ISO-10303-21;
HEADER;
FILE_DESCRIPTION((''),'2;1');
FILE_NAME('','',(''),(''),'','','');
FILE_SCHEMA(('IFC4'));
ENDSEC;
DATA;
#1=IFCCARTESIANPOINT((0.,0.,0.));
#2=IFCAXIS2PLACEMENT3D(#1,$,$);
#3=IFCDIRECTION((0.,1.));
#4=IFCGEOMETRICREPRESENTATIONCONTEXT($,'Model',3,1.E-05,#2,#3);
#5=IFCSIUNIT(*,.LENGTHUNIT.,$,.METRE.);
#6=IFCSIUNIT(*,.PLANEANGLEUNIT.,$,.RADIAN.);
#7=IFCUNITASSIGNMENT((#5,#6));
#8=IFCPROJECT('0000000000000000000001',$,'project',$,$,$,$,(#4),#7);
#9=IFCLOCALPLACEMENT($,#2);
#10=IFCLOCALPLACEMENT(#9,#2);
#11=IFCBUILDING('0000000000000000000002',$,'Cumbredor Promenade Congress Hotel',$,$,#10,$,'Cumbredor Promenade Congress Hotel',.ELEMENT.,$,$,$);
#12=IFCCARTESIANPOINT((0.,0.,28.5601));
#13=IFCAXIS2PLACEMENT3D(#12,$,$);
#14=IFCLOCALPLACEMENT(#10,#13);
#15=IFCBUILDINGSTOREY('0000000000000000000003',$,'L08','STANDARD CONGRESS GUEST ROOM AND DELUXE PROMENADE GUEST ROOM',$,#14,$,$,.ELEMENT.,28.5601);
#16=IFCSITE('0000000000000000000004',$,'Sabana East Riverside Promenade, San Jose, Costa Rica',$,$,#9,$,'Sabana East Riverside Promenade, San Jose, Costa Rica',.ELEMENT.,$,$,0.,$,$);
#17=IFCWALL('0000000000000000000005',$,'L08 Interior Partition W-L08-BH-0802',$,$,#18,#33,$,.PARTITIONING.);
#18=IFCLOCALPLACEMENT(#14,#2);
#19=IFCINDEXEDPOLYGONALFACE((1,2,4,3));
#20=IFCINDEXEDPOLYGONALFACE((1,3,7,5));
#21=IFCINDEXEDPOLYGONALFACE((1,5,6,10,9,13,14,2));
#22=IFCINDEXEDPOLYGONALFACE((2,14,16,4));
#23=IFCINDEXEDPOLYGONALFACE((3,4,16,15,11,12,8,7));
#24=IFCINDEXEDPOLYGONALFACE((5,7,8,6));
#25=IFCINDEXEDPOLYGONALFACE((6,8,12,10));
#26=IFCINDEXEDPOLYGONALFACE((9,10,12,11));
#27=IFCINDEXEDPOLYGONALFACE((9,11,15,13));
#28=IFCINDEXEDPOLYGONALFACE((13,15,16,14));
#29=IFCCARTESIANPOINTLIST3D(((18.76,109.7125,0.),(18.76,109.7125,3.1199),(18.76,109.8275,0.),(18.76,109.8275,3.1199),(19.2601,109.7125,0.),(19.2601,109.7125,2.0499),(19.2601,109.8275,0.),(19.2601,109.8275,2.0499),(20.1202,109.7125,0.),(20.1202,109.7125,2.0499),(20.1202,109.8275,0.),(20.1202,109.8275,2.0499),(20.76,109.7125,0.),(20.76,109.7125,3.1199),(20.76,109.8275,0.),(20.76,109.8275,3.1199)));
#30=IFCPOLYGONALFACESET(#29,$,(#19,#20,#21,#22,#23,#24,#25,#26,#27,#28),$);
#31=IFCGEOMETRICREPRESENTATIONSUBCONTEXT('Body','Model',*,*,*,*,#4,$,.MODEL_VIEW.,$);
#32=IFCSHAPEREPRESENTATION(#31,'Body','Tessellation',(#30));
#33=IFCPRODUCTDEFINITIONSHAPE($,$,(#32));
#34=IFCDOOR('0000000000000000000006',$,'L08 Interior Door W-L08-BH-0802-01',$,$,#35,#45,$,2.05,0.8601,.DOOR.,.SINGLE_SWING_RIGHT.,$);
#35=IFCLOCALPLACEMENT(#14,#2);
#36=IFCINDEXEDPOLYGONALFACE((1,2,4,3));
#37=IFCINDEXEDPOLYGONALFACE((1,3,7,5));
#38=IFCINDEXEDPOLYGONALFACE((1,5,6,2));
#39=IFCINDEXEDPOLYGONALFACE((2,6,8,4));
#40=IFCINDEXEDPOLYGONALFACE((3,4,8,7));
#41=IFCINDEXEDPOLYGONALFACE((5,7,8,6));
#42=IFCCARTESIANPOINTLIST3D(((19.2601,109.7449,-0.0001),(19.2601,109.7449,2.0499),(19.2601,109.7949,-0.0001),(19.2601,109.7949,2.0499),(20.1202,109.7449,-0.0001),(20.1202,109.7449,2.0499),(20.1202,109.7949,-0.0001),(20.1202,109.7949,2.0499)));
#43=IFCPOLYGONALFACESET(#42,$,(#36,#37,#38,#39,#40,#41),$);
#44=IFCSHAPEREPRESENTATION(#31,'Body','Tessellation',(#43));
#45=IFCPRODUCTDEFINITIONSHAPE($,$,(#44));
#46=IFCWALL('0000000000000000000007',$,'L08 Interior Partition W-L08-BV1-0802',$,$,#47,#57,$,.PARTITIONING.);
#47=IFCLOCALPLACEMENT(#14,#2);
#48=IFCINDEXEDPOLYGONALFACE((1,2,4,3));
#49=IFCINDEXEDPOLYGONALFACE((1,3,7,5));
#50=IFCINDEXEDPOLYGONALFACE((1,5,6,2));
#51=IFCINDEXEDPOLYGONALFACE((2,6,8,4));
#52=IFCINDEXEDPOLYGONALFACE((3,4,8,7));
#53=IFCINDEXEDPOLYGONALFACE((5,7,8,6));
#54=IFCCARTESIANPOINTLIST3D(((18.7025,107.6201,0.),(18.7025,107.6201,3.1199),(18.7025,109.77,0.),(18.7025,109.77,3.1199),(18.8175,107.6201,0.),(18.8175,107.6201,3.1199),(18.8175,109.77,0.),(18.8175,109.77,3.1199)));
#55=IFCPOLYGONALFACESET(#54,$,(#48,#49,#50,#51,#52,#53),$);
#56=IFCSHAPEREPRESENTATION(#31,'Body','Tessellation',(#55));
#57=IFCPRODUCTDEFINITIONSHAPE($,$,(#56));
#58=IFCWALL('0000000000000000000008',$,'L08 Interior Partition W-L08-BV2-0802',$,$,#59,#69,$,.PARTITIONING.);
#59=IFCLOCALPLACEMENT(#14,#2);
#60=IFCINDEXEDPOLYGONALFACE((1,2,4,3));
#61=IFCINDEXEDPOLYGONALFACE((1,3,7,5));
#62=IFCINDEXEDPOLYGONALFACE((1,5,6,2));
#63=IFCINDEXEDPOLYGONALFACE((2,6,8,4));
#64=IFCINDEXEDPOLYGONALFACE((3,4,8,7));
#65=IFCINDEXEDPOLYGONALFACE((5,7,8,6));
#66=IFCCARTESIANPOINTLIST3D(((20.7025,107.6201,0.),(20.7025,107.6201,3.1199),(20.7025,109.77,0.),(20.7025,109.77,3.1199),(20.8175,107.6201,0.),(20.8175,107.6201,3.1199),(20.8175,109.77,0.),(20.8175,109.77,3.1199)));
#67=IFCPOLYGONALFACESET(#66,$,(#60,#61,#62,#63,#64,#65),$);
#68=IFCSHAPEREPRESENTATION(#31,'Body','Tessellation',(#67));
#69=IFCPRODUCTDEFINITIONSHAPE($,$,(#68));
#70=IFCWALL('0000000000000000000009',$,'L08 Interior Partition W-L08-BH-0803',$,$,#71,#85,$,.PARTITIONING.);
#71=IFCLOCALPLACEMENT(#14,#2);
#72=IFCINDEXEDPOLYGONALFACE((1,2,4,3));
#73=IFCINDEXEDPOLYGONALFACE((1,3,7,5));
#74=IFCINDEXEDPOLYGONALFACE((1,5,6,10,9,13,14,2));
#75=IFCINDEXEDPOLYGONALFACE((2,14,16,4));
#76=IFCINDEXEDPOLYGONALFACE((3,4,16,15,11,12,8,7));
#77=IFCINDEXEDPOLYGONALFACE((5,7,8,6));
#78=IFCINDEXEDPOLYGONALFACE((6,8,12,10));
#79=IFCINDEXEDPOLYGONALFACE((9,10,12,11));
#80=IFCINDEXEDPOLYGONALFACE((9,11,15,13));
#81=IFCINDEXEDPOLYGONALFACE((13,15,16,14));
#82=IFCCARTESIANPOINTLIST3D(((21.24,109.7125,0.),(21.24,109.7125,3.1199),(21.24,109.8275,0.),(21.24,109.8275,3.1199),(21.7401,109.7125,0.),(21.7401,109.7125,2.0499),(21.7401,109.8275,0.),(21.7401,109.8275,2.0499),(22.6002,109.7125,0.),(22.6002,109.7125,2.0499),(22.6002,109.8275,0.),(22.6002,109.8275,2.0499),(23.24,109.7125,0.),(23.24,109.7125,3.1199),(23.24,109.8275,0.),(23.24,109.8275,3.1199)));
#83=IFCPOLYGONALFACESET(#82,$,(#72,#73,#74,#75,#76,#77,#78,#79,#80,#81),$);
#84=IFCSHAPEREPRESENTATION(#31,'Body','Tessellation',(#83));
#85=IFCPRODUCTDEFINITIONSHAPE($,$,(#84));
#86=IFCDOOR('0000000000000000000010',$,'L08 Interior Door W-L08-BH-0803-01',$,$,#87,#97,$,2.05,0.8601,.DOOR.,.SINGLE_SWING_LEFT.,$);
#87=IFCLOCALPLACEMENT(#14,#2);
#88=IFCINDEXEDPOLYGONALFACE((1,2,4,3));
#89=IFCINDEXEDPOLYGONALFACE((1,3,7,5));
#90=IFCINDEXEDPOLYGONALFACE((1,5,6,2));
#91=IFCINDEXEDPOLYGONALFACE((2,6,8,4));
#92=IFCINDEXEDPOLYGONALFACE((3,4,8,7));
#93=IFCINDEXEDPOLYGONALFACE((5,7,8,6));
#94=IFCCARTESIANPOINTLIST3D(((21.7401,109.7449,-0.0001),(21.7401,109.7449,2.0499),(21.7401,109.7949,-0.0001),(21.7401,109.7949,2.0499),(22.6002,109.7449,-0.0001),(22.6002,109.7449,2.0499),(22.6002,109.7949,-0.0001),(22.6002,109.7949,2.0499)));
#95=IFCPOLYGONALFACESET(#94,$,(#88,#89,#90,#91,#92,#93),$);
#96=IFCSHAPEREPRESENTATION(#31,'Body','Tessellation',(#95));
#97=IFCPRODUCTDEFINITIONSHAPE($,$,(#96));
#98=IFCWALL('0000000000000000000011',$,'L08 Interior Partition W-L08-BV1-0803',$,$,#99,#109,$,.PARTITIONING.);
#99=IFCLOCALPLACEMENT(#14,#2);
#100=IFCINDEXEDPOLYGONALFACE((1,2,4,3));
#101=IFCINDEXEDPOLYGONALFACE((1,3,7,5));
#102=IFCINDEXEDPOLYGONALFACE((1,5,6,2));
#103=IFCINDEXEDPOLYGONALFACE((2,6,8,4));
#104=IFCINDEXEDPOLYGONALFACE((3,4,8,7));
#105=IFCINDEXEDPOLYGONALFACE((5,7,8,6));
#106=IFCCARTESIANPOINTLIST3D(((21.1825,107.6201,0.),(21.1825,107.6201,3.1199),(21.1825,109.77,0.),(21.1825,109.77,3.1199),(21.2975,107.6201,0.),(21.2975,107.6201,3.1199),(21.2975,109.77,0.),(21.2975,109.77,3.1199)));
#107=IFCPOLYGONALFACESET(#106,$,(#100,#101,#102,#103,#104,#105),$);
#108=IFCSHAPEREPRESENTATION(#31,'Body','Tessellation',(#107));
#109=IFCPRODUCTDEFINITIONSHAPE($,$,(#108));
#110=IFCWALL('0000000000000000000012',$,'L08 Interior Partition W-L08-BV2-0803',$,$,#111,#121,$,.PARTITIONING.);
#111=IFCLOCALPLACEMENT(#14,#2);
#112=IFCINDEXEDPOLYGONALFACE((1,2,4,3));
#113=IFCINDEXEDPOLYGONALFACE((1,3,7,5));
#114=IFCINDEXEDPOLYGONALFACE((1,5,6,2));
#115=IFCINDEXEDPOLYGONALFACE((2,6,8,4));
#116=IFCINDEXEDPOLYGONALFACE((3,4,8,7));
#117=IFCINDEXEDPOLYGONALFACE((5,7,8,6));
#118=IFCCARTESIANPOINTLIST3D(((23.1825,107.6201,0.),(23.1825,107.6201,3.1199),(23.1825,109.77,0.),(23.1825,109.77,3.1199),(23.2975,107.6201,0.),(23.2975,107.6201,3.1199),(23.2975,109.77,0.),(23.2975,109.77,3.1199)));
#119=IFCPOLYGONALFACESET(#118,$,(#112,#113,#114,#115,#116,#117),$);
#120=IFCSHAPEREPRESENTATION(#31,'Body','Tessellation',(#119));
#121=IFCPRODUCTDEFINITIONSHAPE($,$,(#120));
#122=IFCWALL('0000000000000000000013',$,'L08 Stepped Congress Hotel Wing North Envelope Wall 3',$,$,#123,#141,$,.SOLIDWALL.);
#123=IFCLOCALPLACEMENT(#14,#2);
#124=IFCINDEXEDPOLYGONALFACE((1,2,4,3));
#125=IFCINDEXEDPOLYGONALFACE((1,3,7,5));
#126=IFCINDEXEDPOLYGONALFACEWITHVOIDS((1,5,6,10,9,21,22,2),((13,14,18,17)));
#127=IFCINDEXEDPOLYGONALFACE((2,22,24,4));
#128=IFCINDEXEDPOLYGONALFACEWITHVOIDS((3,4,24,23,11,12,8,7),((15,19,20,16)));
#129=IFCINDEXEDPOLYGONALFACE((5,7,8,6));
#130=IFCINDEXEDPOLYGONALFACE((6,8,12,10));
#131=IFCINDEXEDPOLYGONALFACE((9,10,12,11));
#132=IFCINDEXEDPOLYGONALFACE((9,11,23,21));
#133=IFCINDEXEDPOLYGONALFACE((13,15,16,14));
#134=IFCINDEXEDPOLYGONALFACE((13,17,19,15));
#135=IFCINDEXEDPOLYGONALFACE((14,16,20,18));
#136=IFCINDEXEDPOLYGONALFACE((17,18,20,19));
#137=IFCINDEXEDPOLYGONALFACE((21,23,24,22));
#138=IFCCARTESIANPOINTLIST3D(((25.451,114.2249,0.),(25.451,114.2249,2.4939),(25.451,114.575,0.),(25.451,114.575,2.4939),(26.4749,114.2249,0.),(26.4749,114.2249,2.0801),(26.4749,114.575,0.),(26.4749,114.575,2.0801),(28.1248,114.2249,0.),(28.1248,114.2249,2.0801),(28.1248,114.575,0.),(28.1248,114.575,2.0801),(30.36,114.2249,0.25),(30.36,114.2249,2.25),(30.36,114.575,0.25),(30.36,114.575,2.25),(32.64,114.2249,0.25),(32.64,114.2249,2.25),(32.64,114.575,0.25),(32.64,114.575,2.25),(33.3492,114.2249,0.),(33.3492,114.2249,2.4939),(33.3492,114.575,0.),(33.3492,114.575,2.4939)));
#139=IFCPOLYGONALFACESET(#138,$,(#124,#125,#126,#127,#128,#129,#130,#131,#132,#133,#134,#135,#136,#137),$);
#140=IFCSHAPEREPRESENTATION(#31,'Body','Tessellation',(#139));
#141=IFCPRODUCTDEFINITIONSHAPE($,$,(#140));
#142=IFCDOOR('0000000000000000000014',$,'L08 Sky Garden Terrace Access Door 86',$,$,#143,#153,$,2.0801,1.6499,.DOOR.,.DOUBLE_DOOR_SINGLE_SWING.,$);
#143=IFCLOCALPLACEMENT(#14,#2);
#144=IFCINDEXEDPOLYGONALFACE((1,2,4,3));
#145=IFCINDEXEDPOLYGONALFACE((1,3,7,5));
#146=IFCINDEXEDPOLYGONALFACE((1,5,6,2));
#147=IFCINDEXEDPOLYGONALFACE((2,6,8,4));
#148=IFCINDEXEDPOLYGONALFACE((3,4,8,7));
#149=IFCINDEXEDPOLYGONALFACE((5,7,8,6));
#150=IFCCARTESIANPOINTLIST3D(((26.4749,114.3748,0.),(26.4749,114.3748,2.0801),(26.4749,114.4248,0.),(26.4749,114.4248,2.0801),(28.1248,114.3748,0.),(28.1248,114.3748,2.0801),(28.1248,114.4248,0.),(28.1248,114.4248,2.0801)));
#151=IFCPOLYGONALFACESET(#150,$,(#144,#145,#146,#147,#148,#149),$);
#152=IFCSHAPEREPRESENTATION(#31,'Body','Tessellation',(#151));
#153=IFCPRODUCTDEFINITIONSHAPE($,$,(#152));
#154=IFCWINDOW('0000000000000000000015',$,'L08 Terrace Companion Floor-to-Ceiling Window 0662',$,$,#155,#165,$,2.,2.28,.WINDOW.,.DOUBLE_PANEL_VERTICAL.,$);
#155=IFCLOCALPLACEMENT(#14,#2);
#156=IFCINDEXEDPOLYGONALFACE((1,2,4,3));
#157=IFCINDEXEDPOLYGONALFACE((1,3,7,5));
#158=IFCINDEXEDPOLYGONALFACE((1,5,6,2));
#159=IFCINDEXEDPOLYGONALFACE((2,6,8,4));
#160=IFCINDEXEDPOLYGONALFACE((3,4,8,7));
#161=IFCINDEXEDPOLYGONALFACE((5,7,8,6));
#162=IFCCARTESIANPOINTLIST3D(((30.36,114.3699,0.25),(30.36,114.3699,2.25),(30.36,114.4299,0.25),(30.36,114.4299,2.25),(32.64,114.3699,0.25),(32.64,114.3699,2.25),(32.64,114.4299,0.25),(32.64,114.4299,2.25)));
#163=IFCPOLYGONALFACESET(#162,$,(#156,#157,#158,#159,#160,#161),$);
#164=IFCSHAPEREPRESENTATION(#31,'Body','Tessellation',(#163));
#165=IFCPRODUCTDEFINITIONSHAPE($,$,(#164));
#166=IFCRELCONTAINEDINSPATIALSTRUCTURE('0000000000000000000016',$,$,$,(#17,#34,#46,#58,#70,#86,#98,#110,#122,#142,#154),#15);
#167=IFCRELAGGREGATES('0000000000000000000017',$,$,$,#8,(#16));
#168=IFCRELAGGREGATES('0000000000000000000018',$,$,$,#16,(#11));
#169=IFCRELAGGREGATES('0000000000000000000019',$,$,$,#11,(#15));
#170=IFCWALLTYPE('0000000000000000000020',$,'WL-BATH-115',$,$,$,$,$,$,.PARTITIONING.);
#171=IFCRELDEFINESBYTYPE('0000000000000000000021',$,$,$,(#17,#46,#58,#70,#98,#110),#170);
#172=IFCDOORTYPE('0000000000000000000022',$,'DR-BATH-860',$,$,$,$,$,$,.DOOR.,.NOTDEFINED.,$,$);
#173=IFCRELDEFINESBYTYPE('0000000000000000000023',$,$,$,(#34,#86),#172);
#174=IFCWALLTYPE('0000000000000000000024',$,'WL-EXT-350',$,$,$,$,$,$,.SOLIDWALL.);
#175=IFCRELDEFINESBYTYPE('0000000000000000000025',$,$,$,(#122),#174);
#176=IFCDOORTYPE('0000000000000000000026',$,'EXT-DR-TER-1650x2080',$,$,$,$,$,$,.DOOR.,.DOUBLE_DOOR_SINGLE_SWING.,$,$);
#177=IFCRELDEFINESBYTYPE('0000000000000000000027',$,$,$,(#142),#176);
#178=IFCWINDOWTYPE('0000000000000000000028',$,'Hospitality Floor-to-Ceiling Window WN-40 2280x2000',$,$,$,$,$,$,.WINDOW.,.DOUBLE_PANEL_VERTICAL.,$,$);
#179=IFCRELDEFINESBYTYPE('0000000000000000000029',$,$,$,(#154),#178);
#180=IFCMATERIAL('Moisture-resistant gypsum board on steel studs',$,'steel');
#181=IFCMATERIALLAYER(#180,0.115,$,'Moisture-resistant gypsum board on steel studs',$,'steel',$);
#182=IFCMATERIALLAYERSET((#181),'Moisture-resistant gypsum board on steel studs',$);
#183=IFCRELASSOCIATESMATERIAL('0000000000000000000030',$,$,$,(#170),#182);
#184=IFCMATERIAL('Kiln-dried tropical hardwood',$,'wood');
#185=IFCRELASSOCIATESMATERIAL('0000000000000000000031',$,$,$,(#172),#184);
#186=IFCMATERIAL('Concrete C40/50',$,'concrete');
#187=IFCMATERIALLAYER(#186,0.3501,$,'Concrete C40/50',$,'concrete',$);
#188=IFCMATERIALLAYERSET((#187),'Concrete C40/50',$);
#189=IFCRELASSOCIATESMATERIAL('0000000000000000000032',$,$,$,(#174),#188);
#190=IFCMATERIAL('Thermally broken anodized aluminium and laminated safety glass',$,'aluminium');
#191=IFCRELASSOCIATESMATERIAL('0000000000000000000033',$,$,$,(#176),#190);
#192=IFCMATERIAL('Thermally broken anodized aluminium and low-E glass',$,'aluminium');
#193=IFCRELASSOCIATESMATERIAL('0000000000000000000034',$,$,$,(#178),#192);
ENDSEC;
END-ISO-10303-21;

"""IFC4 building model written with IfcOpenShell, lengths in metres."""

from ifc_helpers import new_model, si_unit, direction, frame, frame_2d, origin, place, context, subcontext, project, spatial, rectangle, extrude, material, layer, layer_set, type_object, element, fill, save


model = new_model("IFC4")

# Units and contexts
model_context = context("Model", 3, precision=1e-05, world=origin(), true_north=direction((0.0, 1.0)))
body_context = subcontext(model_context, "Body", "Model", "MODEL_VIEW")
ifc_project = project(units=[si_unit("LENGTHUNIT", "METRE"), si_unit("PLANEANGLEUNIT", "RADIAN")], contexts=[model_context])

# Site, building, storey
site_placement = place(None, origin())
site = spatial("IfcSite", under=ifc_project, at=site_placement, Name="Sabana East Riverside Promenade, San Jose, Costa Rica", LongName="Sabana East Riverside Promenade, San Jose, Costa Rica", CompositionType="ELEMENT", RefElevation=0.0)
building_placement = place(site_placement, origin())
building = spatial("IfcBuilding", under=site, at=building_placement, Name="Cumbredor Promenade Congress Hotel", LongName="Cumbredor Promenade Congress Hotel", CompositionType="ELEMENT")
storey_placement = place(building_placement, frame((0.0, 0.0, 28.5601)))
storey = spatial("IfcBuildingStorey", under=building, at=storey_placement, Name="L08", Description="STANDARD CONGRESS GUEST ROOM AND DELUXE PROMENADE GUEST ROOM", CompositionType="ELEMENT", Elevation=28.5601)

# Shared definitions
ifc_material_1 = material(Name="Concrete C40/50", Category="concrete")

# Shared definitions
ifc_material_2 = material(Name="Thermally broken anodized aluminium and low-E glass", Category="aluminium")
ifc_material_3 = material(Name="Kiln-dried tropical hardwood", Category="wood")

# Wall, opening, door
ifc_material_4 = material(Name="Moisture-resistant gypsum board on steel studs", Category="steel")
ifc_layer_1 = layer(ifc_material_4, 0.115, Name="Moisture-resistant gypsum board on steel studs", Category="steel")
ifc_layer_set_1 = layer_set([ifc_layer_1], Name="Moisture-resistant gypsum board on steel studs")
wall_type_1 = type_object("IfcWallType", Name="WL-BATH-115", PredefinedType="PARTITIONING", material=ifc_layer_set_1)
wall_1_placement = place(storey_placement, frame((18.76, 109.77, 0.0), z_axis=(0.0, 0.0, 1.0), x_axis=(1.0, 0.0, 0.0)))
wall_1 = element("IfcWall", 1, at=wall_1_placement, inside=storey, type_object=wall_type_1, Name="L08 Interior Partition W-L08-BH-0802", PredefinedType="PARTITIONING", context=body_context, shape_type="SweptSolid", body=[
    extrude(rectangle(XDim=2.0, YDim=0.115, at=frame_2d((1.0, 0.0))), origin(), (0.0, 0.0, 1.0), 3.1199),
])
opening_1_placement = place(wall_1_placement, frame((0.5, 0.0, 0.0)))
opening_1 = element("IfcOpeningElement", 2, at=opening_1_placement, cuts=wall_1, PredefinedType="OPENING", context=body_context, shape_type="SweptSolid", body=[
    extrude(rectangle(XDim=0.8601, YDim=2.05, at=frame_2d((0.4302, 1.0249))), frame((0.0, 0.0674, 0.0), z_axis=(0.0, -1.0, 0.0), x_axis=(1.0, 0.0, 0.0)), (0.0, 0.0, 1.0), 0.135),
])
door_type_1 = type_object("IfcDoorType", Name="DR-BATH-860", OperationType="NOTDEFINED", PredefinedType="DOOR", material=ifc_material_3)
door_1_placement = place(opening_1_placement, origin())
door_1 = element("IfcDoor", 3, at=door_1_placement, inside=storey, type_object=door_type_1, Name="L08 Interior Door W-L08-BH-0802-01", OperationType="SINGLE_SWING_RIGHT", OverallHeight=2.05, OverallWidth=0.8601, PredefinedType="DOOR", context=body_context, shape_type="SweptSolid", body=[
    extrude(rectangle(XDim=0.8601, YDim=2.05, at=frame_2d((0.4302, 1.0249))), frame((0.0, 0.0249, 0.0), z_axis=(0.0, -1.0, 0.0), x_axis=(1.0, 0.0, 0.0)), (0.0, 0.0, 1.0), 0.05),
])
fill(opening_1, door_1)

# Walls
for number, where, z_axis, x_axis, name in (
    (4, (18.76, 107.6201, 0.0), (0.0, 0.0, 1.0), (0.0, 1.0, 0.0), "L08 Interior Partition W-L08-BV1-0802"),
    (5, (20.76, 107.6201, 0.0), (0.0, 0.0, 1.0), (0.0, 1.0, 0.0), "L08 Interior Partition W-L08-BV2-0802"),
):
    element("IfcWall", number, at=place(storey_placement, frame(where, z_axis=z_axis, x_axis=x_axis)), inside=storey, type_object=wall_type_1, Name=name, PredefinedType="PARTITIONING", context=body_context, shape_type="SweptSolid", body=[
        extrude(rectangle(XDim=2.1499, YDim=0.115, at=frame_2d((1.075, 0.0))), origin(), (0.0, 0.0, 1.0), 3.1199),
    ])

# Wall, opening, door
wall_2_placement = place(storey_placement, frame((21.24, 109.77, 0.0), z_axis=(0.0, 0.0, 1.0), x_axis=(1.0, 0.0, 0.0)))
wall_2 = element("IfcWall", 6, at=wall_2_placement, inside=storey, type_object=wall_type_1, Name="L08 Interior Partition W-L08-BH-0803", PredefinedType="PARTITIONING", context=body_context, shape_type="SweptSolid", body=[
    extrude(rectangle(XDim=2.0, YDim=0.115, at=frame_2d((1.0, 0.0))), origin(), (0.0, 0.0, 1.0), 3.1199),
])
opening_2_placement = place(wall_2_placement, frame((0.5, 0.0, 0.0)))
opening_2 = element("IfcOpeningElement", 7, at=opening_2_placement, cuts=wall_2, PredefinedType="OPENING", context=body_context, shape_type="SweptSolid", body=[
    extrude(rectangle(XDim=0.8601, YDim=2.05, at=frame_2d((0.4302, 1.0249))), frame((0.0, 0.0674, 0.0), z_axis=(0.0, -1.0, 0.0), x_axis=(1.0, 0.0, 0.0)), (0.0, 0.0, 1.0), 0.135),
])
door_2_placement = place(opening_2_placement, origin())
door_2 = element("IfcDoor", 8, at=door_2_placement, inside=storey, type_object=door_type_1, Name="L08 Interior Door W-L08-BH-0803-01", OperationType="SINGLE_SWING_LEFT", OverallHeight=2.05, OverallWidth=0.8601, PredefinedType="DOOR", context=body_context, shape_type="SweptSolid", body=[
    extrude(rectangle(XDim=0.8601, YDim=2.05, at=frame_2d((0.4302, 1.0249))), frame((0.0, 0.0249, 0.0), z_axis=(0.0, -1.0, 0.0), x_axis=(1.0, 0.0, 0.0)), (0.0, 0.0, 1.0), 0.05),
])
fill(opening_2, door_2)

# Walls
for number, where, z_axis, x_axis, name in (
    (9, (21.24, 107.6201, 0.0), (0.0, 0.0, 1.0), (0.0, 1.0, 0.0), "L08 Interior Partition W-L08-BV1-0803"),
    (10, (23.24, 107.6201, 0.0), (0.0, 0.0, 1.0), (0.0, 1.0, 0.0), "L08 Interior Partition W-L08-BV2-0803"),
):
    element("IfcWall", number, at=place(storey_placement, frame(where, z_axis=z_axis, x_axis=x_axis)), inside=storey, type_object=wall_type_1, Name=name, PredefinedType="PARTITIONING", context=body_context, shape_type="SweptSolid", body=[
        extrude(rectangle(XDim=2.1499, YDim=0.115, at=frame_2d((1.075, 0.0))), origin(), (0.0, 0.0, 1.0), 3.1199),
    ])

# Wall, openings, door, window
ifc_layer_2 = layer(ifc_material_1, 0.3501, Name="Concrete C40/50", Category="concrete")
ifc_layer_set_2 = layer_set([ifc_layer_2], Name="Concrete C40/50")
wall_type_2 = type_object("IfcWallType", Name="WL-EXT-350", PredefinedType="SOLIDWALL", material=ifc_layer_set_2)
wall_3_placement = place(storey_placement, frame((25.4509, 114.3999, 0.0), z_axis=(0.0, 0.0, 1.0), x_axis=(1.0, 0.0, 0.0)))
wall_3 = element("IfcWall", 11, at=wall_3_placement, inside=storey, type_object=wall_type_2, Name="L08 Stepped Congress Hotel Wing North Envelope Wall 3", PredefinedType="SOLIDWALL", context=body_context, shape_type="SweptSolid", body=[
    extrude(rectangle(XDim=7.8982, YDim=0.3501, at=frame_2d((3.9492, 0.0))), origin(), (0.0, 0.0, 1.0), 2.4939),
])
opening_3_placement = place(wall_3_placement, frame((1.0239, 0.0, 0.0)))
opening_3 = element("IfcOpeningElement", 12, at=opening_3_placement, cuts=wall_3, PredefinedType="OPENING", context=body_context, shape_type="SweptSolid", body=[
    extrude(rectangle(XDim=1.6499, YDim=2.0801, at=frame_2d((0.825, 1.04))), frame((0.0, 0.1851, 0.0), z_axis=(0.0, -1.0, 0.0), x_axis=(1.0, 0.0, 0.0)), (0.0, 0.0, 1.0), 0.3701),
])
opening_4_placement = place(wall_3_placement, frame((4.9089, 0.0, 0.25)))
opening_4 = element("IfcOpeningElement", 13, at=opening_4_placement, cuts=wall_3, PredefinedType="OPENING", context=body_context, shape_type="SweptSolid", body=[
    extrude(rectangle(XDim=2.28, YDim=2.0, at=frame_2d((1.1401, 1.0))), frame((0.0, 0.1851, 0.0), z_axis=(0.0, -1.0, 0.0), x_axis=(1.0, 0.0, 0.0)), (0.0, 0.0, 1.0), 0.3701),
])
ifc_material_5 = material(Name="Thermally broken anodized aluminium and laminated safety glass", Category="aluminium")
door_type_2 = type_object("IfcDoorType", Name="EXT-DR-TER-1650x2080", OperationType="DOUBLE_DOOR_SINGLE_SWING", PredefinedType="DOOR", material=ifc_material_5)
door_3_placement = place(opening_3_placement, origin())
door_3 = element("IfcDoor", 14, at=door_3_placement, inside=storey, type_object=door_type_2, Name="L08 Sky Garden Terrace Access Door 86", OperationType="DOUBLE_DOOR_SINGLE_SWING", OverallHeight=2.0801, OverallWidth=1.6499, PredefinedType="DOOR", context=body_context, shape_type="SweptSolid", body=[
    extrude(rectangle(XDim=1.6499, YDim=2.0801, at=frame_2d((0.825, 1.04))), frame((0.0, 0.0249, 0.0), z_axis=(0.0, -1.0, 0.0), x_axis=(1.0, 0.0, 0.0)), (0.0, 0.0, 1.0), 0.05),
])
fill(opening_3, door_3)
window_type = type_object("IfcWindowType", Name="Hospitality Floor-to-Ceiling Window WN-40 2280x2000", PartitioningType="DOUBLE_PANEL_VERTICAL", PredefinedType="WINDOW", material=ifc_material_2)
window_placement = place(opening_4_placement, origin())
window = element("IfcWindow", 15, at=window_placement, inside=storey, type_object=window_type, Name="L08 Terrace Companion Floor-to-Ceiling Window 0662", OverallHeight=2.0, OverallWidth=2.28, PartitioningType="DOUBLE_PANEL_VERTICAL", PredefinedType="WINDOW", context=body_context, shape_type="SweptSolid", body=[
    extrude(rectangle(XDim=2.28, YDim=2.0, at=frame_2d((1.1401, 1.0))), frame((0.0, 0.03, 0.0), z_axis=(0.0, -1.0, 0.0), x_axis=(1.0, 0.0, 0.0)), (0.0, 0.0, 1.0), 0.0601),
])
fill(opening_4, window)

save(model, "model.ifc")
